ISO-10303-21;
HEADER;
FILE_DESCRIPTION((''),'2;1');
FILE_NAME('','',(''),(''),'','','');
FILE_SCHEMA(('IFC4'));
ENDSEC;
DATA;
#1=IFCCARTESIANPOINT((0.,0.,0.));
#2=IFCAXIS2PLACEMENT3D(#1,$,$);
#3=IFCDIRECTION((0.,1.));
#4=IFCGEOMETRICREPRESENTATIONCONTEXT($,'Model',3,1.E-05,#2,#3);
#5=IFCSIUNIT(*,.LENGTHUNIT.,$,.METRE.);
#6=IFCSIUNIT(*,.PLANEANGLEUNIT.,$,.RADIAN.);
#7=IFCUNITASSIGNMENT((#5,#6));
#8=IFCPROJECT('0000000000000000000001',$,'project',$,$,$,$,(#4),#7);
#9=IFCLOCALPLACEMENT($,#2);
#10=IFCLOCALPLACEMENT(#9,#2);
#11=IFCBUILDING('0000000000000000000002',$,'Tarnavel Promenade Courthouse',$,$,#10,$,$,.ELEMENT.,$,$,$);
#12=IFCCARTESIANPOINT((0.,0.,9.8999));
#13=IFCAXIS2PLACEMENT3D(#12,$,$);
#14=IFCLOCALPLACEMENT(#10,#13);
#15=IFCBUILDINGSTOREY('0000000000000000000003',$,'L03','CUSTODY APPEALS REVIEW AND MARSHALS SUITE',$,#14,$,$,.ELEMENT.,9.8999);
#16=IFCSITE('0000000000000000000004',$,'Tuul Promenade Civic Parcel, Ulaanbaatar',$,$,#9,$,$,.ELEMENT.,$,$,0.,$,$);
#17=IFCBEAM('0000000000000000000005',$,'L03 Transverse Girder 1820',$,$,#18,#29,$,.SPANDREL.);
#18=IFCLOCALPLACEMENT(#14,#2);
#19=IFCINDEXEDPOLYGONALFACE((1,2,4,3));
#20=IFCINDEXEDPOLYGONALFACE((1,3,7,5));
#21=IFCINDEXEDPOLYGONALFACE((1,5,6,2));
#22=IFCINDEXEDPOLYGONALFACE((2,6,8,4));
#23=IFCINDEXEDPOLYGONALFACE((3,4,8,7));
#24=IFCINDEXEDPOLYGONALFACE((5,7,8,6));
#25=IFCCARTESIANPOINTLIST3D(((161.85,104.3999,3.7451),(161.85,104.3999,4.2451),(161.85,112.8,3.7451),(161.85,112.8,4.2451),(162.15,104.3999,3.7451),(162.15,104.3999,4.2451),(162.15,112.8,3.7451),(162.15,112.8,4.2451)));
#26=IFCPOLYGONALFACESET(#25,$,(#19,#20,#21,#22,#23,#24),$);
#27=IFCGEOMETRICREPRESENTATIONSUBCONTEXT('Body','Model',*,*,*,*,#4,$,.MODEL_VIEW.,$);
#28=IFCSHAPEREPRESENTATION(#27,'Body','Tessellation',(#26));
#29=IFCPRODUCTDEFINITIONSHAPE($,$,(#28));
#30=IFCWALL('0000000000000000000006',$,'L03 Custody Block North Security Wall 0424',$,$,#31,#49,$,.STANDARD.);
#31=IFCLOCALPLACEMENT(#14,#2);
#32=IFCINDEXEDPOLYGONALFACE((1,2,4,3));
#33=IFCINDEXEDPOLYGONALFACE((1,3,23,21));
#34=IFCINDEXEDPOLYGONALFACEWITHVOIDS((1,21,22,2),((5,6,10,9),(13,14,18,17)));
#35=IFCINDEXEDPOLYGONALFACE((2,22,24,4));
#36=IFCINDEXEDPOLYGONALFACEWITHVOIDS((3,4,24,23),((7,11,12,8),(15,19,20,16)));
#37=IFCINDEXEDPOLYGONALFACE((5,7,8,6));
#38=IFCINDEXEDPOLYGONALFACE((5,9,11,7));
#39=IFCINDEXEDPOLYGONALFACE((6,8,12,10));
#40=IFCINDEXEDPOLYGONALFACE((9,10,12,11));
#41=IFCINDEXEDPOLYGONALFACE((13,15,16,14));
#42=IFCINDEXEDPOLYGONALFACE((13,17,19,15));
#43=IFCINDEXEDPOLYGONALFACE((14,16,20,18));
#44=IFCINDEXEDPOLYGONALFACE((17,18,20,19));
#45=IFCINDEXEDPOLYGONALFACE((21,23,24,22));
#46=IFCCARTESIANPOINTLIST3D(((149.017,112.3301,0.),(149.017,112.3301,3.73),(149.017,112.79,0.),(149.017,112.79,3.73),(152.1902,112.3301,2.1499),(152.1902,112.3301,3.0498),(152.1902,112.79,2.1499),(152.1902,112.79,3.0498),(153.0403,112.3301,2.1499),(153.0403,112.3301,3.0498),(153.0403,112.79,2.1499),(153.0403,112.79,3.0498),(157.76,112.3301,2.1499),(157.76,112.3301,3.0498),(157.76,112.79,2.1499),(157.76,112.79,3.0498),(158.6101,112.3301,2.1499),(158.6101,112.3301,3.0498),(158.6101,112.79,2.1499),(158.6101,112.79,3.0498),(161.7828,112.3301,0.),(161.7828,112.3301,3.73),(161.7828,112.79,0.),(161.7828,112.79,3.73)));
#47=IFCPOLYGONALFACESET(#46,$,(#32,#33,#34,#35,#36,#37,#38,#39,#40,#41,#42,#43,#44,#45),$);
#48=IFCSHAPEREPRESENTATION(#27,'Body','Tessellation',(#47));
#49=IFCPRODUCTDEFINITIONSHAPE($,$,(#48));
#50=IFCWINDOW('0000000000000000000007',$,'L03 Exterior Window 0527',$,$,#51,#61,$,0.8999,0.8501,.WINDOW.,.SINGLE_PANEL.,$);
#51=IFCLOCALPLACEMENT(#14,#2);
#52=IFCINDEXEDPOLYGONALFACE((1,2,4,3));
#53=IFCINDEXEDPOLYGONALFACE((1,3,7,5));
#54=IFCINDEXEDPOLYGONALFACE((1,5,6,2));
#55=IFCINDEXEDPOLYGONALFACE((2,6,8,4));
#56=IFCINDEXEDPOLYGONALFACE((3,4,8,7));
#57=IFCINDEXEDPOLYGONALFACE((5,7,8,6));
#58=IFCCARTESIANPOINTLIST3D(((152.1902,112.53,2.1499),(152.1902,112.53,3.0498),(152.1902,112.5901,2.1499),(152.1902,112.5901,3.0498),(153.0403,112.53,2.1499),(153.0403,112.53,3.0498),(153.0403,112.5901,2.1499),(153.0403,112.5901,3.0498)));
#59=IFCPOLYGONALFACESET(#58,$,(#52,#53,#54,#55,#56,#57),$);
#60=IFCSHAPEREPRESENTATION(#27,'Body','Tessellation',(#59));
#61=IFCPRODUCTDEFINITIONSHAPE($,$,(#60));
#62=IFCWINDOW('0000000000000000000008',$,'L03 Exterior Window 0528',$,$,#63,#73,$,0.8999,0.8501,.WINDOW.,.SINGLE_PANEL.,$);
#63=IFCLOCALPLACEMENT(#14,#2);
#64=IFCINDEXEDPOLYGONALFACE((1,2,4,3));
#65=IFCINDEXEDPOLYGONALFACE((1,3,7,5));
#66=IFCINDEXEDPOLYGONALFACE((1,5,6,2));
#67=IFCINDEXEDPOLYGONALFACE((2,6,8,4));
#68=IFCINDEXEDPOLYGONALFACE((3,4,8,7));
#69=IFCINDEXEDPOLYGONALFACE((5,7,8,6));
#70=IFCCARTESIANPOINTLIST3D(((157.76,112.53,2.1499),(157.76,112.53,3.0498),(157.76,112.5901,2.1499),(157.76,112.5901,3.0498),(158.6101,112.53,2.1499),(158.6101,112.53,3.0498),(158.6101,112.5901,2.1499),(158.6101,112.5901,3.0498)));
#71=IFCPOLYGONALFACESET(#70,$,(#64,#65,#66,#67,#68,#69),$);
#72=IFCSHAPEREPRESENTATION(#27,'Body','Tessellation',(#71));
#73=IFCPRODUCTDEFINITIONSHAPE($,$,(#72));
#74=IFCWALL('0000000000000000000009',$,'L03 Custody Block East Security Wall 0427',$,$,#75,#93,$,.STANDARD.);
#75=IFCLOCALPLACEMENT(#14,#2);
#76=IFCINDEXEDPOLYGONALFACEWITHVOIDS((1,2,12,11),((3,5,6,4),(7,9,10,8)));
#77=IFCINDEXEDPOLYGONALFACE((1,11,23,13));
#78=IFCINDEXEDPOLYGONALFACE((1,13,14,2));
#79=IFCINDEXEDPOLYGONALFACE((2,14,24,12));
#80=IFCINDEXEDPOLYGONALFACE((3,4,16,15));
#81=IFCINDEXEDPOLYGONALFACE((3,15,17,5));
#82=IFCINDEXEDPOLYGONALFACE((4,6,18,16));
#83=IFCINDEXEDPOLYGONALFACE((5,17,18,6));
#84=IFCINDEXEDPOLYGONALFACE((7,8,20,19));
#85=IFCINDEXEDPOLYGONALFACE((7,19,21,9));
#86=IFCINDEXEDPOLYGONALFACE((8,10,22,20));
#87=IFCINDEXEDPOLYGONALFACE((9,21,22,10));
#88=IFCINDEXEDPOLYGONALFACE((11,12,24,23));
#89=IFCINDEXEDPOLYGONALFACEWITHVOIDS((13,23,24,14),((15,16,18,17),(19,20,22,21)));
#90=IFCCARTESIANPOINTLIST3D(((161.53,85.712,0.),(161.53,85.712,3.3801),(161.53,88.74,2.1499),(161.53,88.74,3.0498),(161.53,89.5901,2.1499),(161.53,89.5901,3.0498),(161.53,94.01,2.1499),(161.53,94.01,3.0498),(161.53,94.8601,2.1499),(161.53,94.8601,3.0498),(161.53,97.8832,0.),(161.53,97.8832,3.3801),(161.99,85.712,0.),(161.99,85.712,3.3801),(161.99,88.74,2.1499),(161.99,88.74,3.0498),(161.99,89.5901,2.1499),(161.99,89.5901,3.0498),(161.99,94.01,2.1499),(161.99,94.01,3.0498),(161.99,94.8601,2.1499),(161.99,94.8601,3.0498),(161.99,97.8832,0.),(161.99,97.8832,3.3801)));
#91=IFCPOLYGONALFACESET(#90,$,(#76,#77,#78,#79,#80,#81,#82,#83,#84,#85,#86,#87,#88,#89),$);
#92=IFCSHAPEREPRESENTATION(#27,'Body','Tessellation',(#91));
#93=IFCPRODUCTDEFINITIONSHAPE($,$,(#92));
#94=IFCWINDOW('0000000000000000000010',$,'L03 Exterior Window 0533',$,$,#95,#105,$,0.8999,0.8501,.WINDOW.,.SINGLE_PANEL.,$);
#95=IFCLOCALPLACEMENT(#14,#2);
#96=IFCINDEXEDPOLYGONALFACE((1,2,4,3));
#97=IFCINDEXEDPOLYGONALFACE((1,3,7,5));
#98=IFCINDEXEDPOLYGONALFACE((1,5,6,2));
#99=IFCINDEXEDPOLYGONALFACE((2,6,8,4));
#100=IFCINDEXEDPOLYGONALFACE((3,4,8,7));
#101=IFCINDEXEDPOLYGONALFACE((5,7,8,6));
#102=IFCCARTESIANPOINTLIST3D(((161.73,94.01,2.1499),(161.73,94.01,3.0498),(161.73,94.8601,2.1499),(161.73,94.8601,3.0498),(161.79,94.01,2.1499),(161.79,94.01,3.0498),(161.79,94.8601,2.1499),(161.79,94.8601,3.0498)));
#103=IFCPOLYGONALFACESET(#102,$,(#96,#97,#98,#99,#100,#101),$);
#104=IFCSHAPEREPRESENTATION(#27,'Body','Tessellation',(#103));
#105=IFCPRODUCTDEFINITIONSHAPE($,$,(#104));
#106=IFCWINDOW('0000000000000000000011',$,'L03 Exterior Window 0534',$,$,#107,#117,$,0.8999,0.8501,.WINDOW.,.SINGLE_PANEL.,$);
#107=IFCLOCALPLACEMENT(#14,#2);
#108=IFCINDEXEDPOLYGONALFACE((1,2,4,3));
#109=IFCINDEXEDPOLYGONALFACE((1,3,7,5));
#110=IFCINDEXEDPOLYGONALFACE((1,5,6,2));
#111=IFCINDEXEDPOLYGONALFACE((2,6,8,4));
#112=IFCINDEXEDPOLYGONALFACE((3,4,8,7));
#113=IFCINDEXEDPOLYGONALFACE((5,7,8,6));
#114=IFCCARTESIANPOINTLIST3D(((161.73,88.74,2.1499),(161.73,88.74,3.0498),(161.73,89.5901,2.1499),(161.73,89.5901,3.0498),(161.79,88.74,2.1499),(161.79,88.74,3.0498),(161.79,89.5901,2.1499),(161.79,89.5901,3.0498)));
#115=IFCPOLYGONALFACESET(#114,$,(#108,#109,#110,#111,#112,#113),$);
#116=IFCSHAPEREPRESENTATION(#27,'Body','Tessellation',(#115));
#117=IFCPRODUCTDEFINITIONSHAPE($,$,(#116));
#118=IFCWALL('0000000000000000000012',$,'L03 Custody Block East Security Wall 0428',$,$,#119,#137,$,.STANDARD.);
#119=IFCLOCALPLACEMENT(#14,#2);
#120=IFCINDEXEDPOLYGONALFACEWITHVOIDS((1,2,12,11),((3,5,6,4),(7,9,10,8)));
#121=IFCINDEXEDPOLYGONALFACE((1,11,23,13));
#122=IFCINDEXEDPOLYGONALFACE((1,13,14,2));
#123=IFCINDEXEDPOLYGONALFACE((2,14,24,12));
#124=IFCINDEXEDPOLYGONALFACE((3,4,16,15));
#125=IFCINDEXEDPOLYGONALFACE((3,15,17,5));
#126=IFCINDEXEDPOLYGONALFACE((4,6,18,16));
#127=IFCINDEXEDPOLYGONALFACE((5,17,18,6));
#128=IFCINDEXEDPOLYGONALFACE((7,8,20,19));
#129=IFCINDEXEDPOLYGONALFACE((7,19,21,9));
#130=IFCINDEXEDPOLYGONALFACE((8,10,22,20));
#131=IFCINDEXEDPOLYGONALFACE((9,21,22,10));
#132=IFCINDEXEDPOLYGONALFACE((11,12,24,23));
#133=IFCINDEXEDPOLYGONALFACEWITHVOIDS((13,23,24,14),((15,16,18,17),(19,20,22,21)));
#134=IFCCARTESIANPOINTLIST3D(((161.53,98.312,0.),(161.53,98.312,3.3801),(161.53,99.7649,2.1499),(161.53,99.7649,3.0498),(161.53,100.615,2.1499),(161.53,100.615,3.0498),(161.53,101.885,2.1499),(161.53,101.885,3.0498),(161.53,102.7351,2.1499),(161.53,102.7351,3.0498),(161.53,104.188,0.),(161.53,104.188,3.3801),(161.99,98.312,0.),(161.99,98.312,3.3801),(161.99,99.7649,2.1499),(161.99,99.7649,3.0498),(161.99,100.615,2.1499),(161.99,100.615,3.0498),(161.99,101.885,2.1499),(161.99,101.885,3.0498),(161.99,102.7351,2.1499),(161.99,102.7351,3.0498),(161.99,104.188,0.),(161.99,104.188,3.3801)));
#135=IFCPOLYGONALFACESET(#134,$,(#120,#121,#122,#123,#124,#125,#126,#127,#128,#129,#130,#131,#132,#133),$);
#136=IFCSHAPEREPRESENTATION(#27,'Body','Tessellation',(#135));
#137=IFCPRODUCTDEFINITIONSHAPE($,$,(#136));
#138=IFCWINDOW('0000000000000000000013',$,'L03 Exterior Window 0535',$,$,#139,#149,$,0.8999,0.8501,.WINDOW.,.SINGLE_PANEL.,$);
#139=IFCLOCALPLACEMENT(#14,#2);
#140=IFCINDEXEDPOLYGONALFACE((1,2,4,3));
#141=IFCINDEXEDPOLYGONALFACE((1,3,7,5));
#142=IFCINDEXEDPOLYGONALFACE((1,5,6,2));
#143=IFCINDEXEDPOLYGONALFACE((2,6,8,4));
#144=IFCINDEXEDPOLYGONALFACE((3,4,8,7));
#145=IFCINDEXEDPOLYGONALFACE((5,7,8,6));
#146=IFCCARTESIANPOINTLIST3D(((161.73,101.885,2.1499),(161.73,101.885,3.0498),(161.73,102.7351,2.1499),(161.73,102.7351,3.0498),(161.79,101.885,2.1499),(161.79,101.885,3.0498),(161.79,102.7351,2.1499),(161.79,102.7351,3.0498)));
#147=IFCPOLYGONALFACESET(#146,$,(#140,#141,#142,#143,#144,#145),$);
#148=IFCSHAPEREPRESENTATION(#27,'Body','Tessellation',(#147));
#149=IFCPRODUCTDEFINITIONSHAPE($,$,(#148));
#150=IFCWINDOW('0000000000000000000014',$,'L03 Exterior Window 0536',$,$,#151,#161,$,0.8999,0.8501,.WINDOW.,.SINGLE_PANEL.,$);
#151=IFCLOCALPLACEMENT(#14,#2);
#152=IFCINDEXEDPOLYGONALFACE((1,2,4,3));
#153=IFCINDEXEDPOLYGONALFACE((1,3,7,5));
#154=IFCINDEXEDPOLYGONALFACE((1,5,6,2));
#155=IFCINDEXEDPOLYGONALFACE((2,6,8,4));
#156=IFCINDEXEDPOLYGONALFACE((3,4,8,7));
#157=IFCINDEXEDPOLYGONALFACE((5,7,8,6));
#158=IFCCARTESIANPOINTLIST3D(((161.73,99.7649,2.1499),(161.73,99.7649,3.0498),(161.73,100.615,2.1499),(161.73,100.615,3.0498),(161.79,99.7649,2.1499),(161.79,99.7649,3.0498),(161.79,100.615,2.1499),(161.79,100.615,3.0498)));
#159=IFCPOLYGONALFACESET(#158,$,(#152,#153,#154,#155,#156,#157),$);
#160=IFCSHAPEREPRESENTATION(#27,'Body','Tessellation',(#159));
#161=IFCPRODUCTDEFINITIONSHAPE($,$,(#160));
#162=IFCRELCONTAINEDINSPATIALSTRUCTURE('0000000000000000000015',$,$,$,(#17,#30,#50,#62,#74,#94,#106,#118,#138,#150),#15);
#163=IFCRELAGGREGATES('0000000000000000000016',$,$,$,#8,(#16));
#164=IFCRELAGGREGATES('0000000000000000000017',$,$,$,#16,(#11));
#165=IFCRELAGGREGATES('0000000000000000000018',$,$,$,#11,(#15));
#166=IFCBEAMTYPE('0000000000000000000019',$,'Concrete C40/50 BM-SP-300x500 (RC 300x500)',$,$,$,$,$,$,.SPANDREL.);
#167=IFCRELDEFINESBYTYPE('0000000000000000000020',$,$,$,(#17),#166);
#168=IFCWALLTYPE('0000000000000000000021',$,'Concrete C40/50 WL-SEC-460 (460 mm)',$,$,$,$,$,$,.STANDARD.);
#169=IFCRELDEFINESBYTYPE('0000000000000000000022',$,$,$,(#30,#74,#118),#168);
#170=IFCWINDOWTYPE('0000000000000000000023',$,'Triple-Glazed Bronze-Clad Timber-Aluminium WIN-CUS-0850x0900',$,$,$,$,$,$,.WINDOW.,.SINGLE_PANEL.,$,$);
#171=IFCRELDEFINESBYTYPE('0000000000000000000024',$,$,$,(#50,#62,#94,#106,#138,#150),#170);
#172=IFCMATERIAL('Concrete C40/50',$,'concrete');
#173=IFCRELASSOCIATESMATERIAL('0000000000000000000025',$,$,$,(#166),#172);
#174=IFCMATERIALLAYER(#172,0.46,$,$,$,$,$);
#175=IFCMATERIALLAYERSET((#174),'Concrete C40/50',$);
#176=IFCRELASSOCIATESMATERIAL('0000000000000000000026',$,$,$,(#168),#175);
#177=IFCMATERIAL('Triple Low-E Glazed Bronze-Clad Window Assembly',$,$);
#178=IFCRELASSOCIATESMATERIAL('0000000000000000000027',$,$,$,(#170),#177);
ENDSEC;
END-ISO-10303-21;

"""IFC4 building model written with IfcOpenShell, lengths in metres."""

from ifc_helpers import new_model, si_unit, direction, frame, frame_2d, origin, origin_2d, place, context, subcontext, project, spatial, rectangle, extrude, material, layer, layer_set, material_profile, profile_set, type_object, element, fill, save


model = new_model("IFC4")

# Units and contexts
model_context = context("Model", 3, precision=1e-05, world=origin(), true_north=direction((0.0, 1.0)))
body_context = subcontext(model_context, "Body", "Model", "MODEL_VIEW")
ifc_project = project(units=[si_unit("LENGTHUNIT", "METRE"), si_unit("PLANEANGLEUNIT", "RADIAN")], contexts=[model_context])

# Site, building, storey
site_placement = place(None, origin())
site = spatial("IfcSite", under=ifc_project, at=site_placement, Name="Tuul Promenade Civic Parcel, Ulaanbaatar", CompositionType="ELEMENT", RefElevation=0.0)
building_placement = place(site_placement, origin())
building = spatial("IfcBuilding", under=site, at=building_placement, Name="Tarnavel Promenade Courthouse", CompositionType="ELEMENT")
storey_placement = place(building_placement, frame((0.0, 0.0, 9.8999)))
storey = spatial("IfcBuildingStorey", under=building, at=storey_placement, Name="L03", Description="CUSTODY APPEALS REVIEW AND MARSHALS SUITE", CompositionType="ELEMENT", Elevation=9.8999)

# Shared definitions
ifc_material_1 = material(Name="Concrete C40/50", Category="concrete")

# Beam
ifc_material_profile_1 = material_profile(ifc_material_1, rectangle(XDim=0.3, YDim=0.5, at=origin_2d()), Name="RC 300x500")
ifc_profile_set_1 = profile_set([ifc_material_profile_1], Name="Concrete C40/50")
beam_type_1 = type_object("IfcBeamType", Name="Concrete C40/50 BM-SP-300x500 (RC 300x500)", PredefinedType="SPANDREL", material=ifc_profile_set_1)
beam_1_placement = place(storey_placement, frame((162.0, 104.3999, 3.9951), z_axis=(0.0, 1.0, 0.0), x_axis=(-1.0, 0.0, 0.0)))
element("IfcBeam", 1, at=beam_1_placement, inside=storey, type_object=beam_type_1, Name="L03 Transverse Girder 1820", PredefinedType="SPANDREL", context=body_context, shape_type="SweptSolid", body=[
    extrude(rectangle(XDim=0.3, YDim=0.5, at=origin_2d()), origin(), (0.0, 0.0, 1.0), 8.4001),
])

# Walls, openings, windows
ifc_layer = layer(ifc_material_1, 0.46)
ifc_layer_set = layer_set([ifc_layer], Name="Concrete C40/50")
wall_type = type_object("IfcWallType", Name="Concrete C40/50 WL-SEC-460 (460 mm)", PredefinedType="STANDARD", material=ifc_layer_set)
wall_1_placement = place(storey_placement, frame((149.0171, 112.5601, 0.0), z_axis=(0.0, 0.0, 1.0), x_axis=(1.0, 0.0, 0.0)))
wall_1 = element("IfcWall", 2, at=wall_1_placement, inside=storey, type_object=wall_type, Name="L03 Custody Block North Security Wall 0424", PredefinedType="STANDARD", context=body_context, shape_type="SweptSolid", body=[
    extrude(rectangle(XDim=12.7659, YDim=0.46, at=frame_2d((6.3828, 0.0))), origin(), (0.0, 0.0, 1.0), 3.73),
])
opening_1_placement = place(wall_1_placement, frame((3.1731, 0.0, 2.1499)))
opening_1 = element("IfcOpeningElement", 3, at=opening_1_placement, cuts=wall_1, PredefinedType="OPENING", context=body_context, shape_type="SweptSolid", body=[
    extrude(rectangle(XDim=0.8501, YDim=0.8999, at=frame_2d((0.425, 0.45))), frame((0.0, 0.24, 0.0), z_axis=(0.0, -1.0, 0.0), x_axis=(1.0, 0.0, 0.0)), (0.0, 0.0, 1.0), 0.48),
])
opening_2_placement = place(wall_1_placement, frame((8.7429, 0.0, 2.1499)))
opening_2 = element("IfcOpeningElement", 4, at=opening_2_placement, cuts=wall_1, PredefinedType="OPENING", context=body_context, shape_type="SweptSolid", body=[
    extrude(rectangle(XDim=0.8501, YDim=0.8999, at=frame_2d((0.425, 0.45))), frame((0.0, 0.24, 0.0), z_axis=(0.0, -1.0, 0.0), x_axis=(1.0, 0.0, 0.0)), (0.0, 0.0, 1.0), 0.48),
])
ifc_material_2 = material(Name="Triple Low-E Glazed Bronze-Clad Window Assembly")
window_type = type_object("IfcWindowType", Name="Triple-Glazed Bronze-Clad Timber-Aluminium WIN-CUS-0850x0900", PartitioningType="SINGLE_PANEL", PredefinedType="WINDOW", material=ifc_material_2)
window_1_placement = place(opening_1_placement, origin())
window_1 = element("IfcWindow", 5, at=window_1_placement, inside=storey, type_object=window_type, Name="L03 Exterior Window 0527", OverallHeight=0.8999, OverallWidth=0.8501, PartitioningType="SINGLE_PANEL", PredefinedType="WINDOW", context=body_context, shape_type="SweptSolid", body=[
    extrude(rectangle(XDim=0.8501, YDim=0.8999, at=frame_2d((0.425, 0.45))), frame((0.0, 0.03, 0.0), z_axis=(0.0, -1.0, 0.0), x_axis=(1.0, 0.0, 0.0)), (0.0, 0.0, 1.0), 0.0601),
])
fill(opening_1, window_1)
window_2_placement = place(opening_2_placement, origin())
window_2 = element("IfcWindow", 6, at=window_2_placement, inside=storey, type_object=window_type, Name="L03 Exterior Window 0528", OverallHeight=0.8999, OverallWidth=0.8501, PartitioningType="SINGLE_PANEL", PredefinedType="WINDOW", context=body_context, shape_type="SweptSolid", body=[
    extrude(rectangle(XDim=0.8501, YDim=0.8999, at=frame_2d((0.425, 0.45))), frame((0.0, 0.03, 0.0), z_axis=(0.0, -1.0, 0.0), x_axis=(1.0, 0.0, 0.0)), (0.0, 0.0, 1.0), 0.0601),
])
fill(opening_2, window_2)
wall_2_placement = place(storey_placement, frame((161.76, 97.8831, 0.0), z_axis=(0.0, 0.0, 1.0), x_axis=(0.0, -1.0, 0.0)))
wall_2 = element("IfcWall", 7, at=wall_2_placement, inside=storey, type_object=wall_type, Name="L03 Custody Block East Security Wall 0427", PredefinedType="STANDARD", context=body_context, shape_type="SweptSolid", body=[
    extrude(rectangle(XDim=12.1711, YDim=0.46, at=frame_2d((6.0854, 0.0))), origin(), (0.0, 0.0, 1.0), 3.3801),
])
opening_3_placement = place(wall_2_placement, frame((3.0229, 0.0, 2.1499)))
opening_3 = element("IfcOpeningElement", 8, at=opening_3_placement, cuts=wall_2, PredefinedType="OPENING", context=body_context, shape_type="SweptSolid", body=[
    extrude(rectangle(XDim=0.8501, YDim=0.8999, at=frame_2d((0.425, 0.45))), frame((0.0, 0.24, 0.0), z_axis=(0.0, -1.0, 0.0), x_axis=(1.0, 0.0, 0.0)), (0.0, 0.0, 1.0), 0.48),
])
opening_4_placement = place(wall_2_placement, frame((8.293, 0.0, 2.1499)))
opening_4 = element("IfcOpeningElement", 9, at=opening_4_placement, cuts=wall_2, PredefinedType="OPENING", context=body_context, shape_type="SweptSolid", body=[
    extrude(rectangle(XDim=0.8501, YDim=0.8999, at=frame_2d((0.425, 0.45))), frame((0.0, 0.24, 0.0), z_axis=(0.0, -1.0, 0.0), x_axis=(1.0, 0.0, 0.0)), (0.0, 0.0, 1.0), 0.48),
])
window_3_placement = place(opening_3_placement, origin())
window_3 = element("IfcWindow", 10, at=window_3_placement, inside=storey, type_object=window_type, Name="L03 Exterior Window 0533", OverallHeight=0.8999, OverallWidth=0.8501, PartitioningType="SINGLE_PANEL", PredefinedType="WINDOW", context=body_context, shape_type="SweptSolid", body=[
    extrude(rectangle(XDim=0.8501, YDim=0.8999, at=frame_2d((0.425, 0.45))), frame((0.0, 0.03, 0.0), z_axis=(0.0, -1.0, 0.0), x_axis=(1.0, 0.0, 0.0)), (0.0, 0.0, 1.0), 0.0601),
])
fill(opening_3, window_3)
window_4_placement = place(opening_4_placement, origin())
window_4 = element("IfcWindow", 11, at=window_4_placement, inside=storey, type_object=window_type, Name="L03 Exterior Window 0534", OverallHeight=0.8999, OverallWidth=0.8501, PartitioningType="SINGLE_PANEL", PredefinedType="WINDOW", context=body_context, shape_type="SweptSolid", body=[
    extrude(rectangle(XDim=0.8501, YDim=0.8999, at=frame_2d((0.425, 0.45))), frame((0.0, 0.03, 0.0), z_axis=(0.0, -1.0, 0.0), x_axis=(1.0, 0.0, 0.0)), (0.0, 0.0, 1.0), 0.0601),
])
fill(opening_4, window_4)
wall_3_placement = place(storey_placement, frame((161.76, 104.188, 0.0), z_axis=(0.0, 0.0, 1.0), x_axis=(0.0, -1.0, 0.0)))
wall_3 = element("IfcWall", 12, at=wall_3_placement, inside=storey, type_object=wall_type, Name="L03 Custody Block East Security Wall 0428", PredefinedType="STANDARD", context=body_context, shape_type="SweptSolid", body=[
    extrude(rectangle(XDim=5.876, YDim=0.46, at=frame_2d((2.938, 0.0))), origin(), (0.0, 0.0, 1.0), 3.3801),
])
opening_5_placement = place(wall_3_placement, frame((1.4529, 0.0, 2.1499)))
opening_5 = element("IfcOpeningElement", 13, at=opening_5_placement, cuts=wall_3, PredefinedType="OPENING", context=body_context, shape_type="SweptSolid", body=[
    extrude(rectangle(XDim=0.8501, YDim=0.8999, at=frame_2d((0.425, 0.45))), frame((0.0, 0.24, 0.0), z_axis=(0.0, -1.0, 0.0), x_axis=(1.0, 0.0, 0.0)), (0.0, 0.0, 1.0), 0.48),
])
opening_6_placement = place(wall_3_placement, frame((3.573, 0.0, 2.1499)))
opening_6 = element("IfcOpeningElement", 14, at=opening_6_placement, cuts=wall_3, PredefinedType="OPENING", context=body_context, shape_type="SweptSolid", body=[
    extrude(rectangle(XDim=0.8501, YDim=0.8999, at=frame_2d((0.425, 0.45))), frame((0.0, 0.24, 0.0), z_axis=(0.0, -1.0, 0.0), x_axis=(1.0, 0.0, 0.0)), (0.0, 0.0, 1.0), 0.48),
])
window_5_placement = place(opening_5_placement, origin())
window_5 = element("IfcWindow", 15, at=window_5_placement, inside=storey, type_object=window_type, Name="L03 Exterior Window 0535", OverallHeight=0.8999, OverallWidth=0.8501, PartitioningType="SINGLE_PANEL", PredefinedType="WINDOW", context=body_context, shape_type="SweptSolid", body=[
    extrude(rectangle(XDim=0.8501, YDim=0.8999, at=frame_2d((0.425, 0.45))), frame((0.0, 0.03, 0.0), z_axis=(0.0, -1.0, 0.0), x_axis=(1.0, 0.0, 0.0)), (0.0, 0.0, 1.0), 0.0601),
])
fill(opening_5, window_5)
window_6_placement = place(opening_6_placement, origin())
window_6 = element("IfcWindow", 16, at=window_6_placement, inside=storey, type_object=window_type, Name="L03 Exterior Window 0536", OverallHeight=0.8999, OverallWidth=0.8501, PartitioningType="SINGLE_PANEL", PredefinedType="WINDOW", context=body_context, shape_type="SweptSolid", body=[
    extrude(rectangle(XDim=0.8501, YDim=0.8999, at=frame_2d((0.425, 0.45))), frame((0.0, 0.03, 0.0), z_axis=(0.0, -1.0, 0.0), x_axis=(1.0, 0.0, 0.0)), (0.0, 0.0, 1.0), 0.0601),
])
fill(opening_6, window_6)

save(model, "model.ifc")
